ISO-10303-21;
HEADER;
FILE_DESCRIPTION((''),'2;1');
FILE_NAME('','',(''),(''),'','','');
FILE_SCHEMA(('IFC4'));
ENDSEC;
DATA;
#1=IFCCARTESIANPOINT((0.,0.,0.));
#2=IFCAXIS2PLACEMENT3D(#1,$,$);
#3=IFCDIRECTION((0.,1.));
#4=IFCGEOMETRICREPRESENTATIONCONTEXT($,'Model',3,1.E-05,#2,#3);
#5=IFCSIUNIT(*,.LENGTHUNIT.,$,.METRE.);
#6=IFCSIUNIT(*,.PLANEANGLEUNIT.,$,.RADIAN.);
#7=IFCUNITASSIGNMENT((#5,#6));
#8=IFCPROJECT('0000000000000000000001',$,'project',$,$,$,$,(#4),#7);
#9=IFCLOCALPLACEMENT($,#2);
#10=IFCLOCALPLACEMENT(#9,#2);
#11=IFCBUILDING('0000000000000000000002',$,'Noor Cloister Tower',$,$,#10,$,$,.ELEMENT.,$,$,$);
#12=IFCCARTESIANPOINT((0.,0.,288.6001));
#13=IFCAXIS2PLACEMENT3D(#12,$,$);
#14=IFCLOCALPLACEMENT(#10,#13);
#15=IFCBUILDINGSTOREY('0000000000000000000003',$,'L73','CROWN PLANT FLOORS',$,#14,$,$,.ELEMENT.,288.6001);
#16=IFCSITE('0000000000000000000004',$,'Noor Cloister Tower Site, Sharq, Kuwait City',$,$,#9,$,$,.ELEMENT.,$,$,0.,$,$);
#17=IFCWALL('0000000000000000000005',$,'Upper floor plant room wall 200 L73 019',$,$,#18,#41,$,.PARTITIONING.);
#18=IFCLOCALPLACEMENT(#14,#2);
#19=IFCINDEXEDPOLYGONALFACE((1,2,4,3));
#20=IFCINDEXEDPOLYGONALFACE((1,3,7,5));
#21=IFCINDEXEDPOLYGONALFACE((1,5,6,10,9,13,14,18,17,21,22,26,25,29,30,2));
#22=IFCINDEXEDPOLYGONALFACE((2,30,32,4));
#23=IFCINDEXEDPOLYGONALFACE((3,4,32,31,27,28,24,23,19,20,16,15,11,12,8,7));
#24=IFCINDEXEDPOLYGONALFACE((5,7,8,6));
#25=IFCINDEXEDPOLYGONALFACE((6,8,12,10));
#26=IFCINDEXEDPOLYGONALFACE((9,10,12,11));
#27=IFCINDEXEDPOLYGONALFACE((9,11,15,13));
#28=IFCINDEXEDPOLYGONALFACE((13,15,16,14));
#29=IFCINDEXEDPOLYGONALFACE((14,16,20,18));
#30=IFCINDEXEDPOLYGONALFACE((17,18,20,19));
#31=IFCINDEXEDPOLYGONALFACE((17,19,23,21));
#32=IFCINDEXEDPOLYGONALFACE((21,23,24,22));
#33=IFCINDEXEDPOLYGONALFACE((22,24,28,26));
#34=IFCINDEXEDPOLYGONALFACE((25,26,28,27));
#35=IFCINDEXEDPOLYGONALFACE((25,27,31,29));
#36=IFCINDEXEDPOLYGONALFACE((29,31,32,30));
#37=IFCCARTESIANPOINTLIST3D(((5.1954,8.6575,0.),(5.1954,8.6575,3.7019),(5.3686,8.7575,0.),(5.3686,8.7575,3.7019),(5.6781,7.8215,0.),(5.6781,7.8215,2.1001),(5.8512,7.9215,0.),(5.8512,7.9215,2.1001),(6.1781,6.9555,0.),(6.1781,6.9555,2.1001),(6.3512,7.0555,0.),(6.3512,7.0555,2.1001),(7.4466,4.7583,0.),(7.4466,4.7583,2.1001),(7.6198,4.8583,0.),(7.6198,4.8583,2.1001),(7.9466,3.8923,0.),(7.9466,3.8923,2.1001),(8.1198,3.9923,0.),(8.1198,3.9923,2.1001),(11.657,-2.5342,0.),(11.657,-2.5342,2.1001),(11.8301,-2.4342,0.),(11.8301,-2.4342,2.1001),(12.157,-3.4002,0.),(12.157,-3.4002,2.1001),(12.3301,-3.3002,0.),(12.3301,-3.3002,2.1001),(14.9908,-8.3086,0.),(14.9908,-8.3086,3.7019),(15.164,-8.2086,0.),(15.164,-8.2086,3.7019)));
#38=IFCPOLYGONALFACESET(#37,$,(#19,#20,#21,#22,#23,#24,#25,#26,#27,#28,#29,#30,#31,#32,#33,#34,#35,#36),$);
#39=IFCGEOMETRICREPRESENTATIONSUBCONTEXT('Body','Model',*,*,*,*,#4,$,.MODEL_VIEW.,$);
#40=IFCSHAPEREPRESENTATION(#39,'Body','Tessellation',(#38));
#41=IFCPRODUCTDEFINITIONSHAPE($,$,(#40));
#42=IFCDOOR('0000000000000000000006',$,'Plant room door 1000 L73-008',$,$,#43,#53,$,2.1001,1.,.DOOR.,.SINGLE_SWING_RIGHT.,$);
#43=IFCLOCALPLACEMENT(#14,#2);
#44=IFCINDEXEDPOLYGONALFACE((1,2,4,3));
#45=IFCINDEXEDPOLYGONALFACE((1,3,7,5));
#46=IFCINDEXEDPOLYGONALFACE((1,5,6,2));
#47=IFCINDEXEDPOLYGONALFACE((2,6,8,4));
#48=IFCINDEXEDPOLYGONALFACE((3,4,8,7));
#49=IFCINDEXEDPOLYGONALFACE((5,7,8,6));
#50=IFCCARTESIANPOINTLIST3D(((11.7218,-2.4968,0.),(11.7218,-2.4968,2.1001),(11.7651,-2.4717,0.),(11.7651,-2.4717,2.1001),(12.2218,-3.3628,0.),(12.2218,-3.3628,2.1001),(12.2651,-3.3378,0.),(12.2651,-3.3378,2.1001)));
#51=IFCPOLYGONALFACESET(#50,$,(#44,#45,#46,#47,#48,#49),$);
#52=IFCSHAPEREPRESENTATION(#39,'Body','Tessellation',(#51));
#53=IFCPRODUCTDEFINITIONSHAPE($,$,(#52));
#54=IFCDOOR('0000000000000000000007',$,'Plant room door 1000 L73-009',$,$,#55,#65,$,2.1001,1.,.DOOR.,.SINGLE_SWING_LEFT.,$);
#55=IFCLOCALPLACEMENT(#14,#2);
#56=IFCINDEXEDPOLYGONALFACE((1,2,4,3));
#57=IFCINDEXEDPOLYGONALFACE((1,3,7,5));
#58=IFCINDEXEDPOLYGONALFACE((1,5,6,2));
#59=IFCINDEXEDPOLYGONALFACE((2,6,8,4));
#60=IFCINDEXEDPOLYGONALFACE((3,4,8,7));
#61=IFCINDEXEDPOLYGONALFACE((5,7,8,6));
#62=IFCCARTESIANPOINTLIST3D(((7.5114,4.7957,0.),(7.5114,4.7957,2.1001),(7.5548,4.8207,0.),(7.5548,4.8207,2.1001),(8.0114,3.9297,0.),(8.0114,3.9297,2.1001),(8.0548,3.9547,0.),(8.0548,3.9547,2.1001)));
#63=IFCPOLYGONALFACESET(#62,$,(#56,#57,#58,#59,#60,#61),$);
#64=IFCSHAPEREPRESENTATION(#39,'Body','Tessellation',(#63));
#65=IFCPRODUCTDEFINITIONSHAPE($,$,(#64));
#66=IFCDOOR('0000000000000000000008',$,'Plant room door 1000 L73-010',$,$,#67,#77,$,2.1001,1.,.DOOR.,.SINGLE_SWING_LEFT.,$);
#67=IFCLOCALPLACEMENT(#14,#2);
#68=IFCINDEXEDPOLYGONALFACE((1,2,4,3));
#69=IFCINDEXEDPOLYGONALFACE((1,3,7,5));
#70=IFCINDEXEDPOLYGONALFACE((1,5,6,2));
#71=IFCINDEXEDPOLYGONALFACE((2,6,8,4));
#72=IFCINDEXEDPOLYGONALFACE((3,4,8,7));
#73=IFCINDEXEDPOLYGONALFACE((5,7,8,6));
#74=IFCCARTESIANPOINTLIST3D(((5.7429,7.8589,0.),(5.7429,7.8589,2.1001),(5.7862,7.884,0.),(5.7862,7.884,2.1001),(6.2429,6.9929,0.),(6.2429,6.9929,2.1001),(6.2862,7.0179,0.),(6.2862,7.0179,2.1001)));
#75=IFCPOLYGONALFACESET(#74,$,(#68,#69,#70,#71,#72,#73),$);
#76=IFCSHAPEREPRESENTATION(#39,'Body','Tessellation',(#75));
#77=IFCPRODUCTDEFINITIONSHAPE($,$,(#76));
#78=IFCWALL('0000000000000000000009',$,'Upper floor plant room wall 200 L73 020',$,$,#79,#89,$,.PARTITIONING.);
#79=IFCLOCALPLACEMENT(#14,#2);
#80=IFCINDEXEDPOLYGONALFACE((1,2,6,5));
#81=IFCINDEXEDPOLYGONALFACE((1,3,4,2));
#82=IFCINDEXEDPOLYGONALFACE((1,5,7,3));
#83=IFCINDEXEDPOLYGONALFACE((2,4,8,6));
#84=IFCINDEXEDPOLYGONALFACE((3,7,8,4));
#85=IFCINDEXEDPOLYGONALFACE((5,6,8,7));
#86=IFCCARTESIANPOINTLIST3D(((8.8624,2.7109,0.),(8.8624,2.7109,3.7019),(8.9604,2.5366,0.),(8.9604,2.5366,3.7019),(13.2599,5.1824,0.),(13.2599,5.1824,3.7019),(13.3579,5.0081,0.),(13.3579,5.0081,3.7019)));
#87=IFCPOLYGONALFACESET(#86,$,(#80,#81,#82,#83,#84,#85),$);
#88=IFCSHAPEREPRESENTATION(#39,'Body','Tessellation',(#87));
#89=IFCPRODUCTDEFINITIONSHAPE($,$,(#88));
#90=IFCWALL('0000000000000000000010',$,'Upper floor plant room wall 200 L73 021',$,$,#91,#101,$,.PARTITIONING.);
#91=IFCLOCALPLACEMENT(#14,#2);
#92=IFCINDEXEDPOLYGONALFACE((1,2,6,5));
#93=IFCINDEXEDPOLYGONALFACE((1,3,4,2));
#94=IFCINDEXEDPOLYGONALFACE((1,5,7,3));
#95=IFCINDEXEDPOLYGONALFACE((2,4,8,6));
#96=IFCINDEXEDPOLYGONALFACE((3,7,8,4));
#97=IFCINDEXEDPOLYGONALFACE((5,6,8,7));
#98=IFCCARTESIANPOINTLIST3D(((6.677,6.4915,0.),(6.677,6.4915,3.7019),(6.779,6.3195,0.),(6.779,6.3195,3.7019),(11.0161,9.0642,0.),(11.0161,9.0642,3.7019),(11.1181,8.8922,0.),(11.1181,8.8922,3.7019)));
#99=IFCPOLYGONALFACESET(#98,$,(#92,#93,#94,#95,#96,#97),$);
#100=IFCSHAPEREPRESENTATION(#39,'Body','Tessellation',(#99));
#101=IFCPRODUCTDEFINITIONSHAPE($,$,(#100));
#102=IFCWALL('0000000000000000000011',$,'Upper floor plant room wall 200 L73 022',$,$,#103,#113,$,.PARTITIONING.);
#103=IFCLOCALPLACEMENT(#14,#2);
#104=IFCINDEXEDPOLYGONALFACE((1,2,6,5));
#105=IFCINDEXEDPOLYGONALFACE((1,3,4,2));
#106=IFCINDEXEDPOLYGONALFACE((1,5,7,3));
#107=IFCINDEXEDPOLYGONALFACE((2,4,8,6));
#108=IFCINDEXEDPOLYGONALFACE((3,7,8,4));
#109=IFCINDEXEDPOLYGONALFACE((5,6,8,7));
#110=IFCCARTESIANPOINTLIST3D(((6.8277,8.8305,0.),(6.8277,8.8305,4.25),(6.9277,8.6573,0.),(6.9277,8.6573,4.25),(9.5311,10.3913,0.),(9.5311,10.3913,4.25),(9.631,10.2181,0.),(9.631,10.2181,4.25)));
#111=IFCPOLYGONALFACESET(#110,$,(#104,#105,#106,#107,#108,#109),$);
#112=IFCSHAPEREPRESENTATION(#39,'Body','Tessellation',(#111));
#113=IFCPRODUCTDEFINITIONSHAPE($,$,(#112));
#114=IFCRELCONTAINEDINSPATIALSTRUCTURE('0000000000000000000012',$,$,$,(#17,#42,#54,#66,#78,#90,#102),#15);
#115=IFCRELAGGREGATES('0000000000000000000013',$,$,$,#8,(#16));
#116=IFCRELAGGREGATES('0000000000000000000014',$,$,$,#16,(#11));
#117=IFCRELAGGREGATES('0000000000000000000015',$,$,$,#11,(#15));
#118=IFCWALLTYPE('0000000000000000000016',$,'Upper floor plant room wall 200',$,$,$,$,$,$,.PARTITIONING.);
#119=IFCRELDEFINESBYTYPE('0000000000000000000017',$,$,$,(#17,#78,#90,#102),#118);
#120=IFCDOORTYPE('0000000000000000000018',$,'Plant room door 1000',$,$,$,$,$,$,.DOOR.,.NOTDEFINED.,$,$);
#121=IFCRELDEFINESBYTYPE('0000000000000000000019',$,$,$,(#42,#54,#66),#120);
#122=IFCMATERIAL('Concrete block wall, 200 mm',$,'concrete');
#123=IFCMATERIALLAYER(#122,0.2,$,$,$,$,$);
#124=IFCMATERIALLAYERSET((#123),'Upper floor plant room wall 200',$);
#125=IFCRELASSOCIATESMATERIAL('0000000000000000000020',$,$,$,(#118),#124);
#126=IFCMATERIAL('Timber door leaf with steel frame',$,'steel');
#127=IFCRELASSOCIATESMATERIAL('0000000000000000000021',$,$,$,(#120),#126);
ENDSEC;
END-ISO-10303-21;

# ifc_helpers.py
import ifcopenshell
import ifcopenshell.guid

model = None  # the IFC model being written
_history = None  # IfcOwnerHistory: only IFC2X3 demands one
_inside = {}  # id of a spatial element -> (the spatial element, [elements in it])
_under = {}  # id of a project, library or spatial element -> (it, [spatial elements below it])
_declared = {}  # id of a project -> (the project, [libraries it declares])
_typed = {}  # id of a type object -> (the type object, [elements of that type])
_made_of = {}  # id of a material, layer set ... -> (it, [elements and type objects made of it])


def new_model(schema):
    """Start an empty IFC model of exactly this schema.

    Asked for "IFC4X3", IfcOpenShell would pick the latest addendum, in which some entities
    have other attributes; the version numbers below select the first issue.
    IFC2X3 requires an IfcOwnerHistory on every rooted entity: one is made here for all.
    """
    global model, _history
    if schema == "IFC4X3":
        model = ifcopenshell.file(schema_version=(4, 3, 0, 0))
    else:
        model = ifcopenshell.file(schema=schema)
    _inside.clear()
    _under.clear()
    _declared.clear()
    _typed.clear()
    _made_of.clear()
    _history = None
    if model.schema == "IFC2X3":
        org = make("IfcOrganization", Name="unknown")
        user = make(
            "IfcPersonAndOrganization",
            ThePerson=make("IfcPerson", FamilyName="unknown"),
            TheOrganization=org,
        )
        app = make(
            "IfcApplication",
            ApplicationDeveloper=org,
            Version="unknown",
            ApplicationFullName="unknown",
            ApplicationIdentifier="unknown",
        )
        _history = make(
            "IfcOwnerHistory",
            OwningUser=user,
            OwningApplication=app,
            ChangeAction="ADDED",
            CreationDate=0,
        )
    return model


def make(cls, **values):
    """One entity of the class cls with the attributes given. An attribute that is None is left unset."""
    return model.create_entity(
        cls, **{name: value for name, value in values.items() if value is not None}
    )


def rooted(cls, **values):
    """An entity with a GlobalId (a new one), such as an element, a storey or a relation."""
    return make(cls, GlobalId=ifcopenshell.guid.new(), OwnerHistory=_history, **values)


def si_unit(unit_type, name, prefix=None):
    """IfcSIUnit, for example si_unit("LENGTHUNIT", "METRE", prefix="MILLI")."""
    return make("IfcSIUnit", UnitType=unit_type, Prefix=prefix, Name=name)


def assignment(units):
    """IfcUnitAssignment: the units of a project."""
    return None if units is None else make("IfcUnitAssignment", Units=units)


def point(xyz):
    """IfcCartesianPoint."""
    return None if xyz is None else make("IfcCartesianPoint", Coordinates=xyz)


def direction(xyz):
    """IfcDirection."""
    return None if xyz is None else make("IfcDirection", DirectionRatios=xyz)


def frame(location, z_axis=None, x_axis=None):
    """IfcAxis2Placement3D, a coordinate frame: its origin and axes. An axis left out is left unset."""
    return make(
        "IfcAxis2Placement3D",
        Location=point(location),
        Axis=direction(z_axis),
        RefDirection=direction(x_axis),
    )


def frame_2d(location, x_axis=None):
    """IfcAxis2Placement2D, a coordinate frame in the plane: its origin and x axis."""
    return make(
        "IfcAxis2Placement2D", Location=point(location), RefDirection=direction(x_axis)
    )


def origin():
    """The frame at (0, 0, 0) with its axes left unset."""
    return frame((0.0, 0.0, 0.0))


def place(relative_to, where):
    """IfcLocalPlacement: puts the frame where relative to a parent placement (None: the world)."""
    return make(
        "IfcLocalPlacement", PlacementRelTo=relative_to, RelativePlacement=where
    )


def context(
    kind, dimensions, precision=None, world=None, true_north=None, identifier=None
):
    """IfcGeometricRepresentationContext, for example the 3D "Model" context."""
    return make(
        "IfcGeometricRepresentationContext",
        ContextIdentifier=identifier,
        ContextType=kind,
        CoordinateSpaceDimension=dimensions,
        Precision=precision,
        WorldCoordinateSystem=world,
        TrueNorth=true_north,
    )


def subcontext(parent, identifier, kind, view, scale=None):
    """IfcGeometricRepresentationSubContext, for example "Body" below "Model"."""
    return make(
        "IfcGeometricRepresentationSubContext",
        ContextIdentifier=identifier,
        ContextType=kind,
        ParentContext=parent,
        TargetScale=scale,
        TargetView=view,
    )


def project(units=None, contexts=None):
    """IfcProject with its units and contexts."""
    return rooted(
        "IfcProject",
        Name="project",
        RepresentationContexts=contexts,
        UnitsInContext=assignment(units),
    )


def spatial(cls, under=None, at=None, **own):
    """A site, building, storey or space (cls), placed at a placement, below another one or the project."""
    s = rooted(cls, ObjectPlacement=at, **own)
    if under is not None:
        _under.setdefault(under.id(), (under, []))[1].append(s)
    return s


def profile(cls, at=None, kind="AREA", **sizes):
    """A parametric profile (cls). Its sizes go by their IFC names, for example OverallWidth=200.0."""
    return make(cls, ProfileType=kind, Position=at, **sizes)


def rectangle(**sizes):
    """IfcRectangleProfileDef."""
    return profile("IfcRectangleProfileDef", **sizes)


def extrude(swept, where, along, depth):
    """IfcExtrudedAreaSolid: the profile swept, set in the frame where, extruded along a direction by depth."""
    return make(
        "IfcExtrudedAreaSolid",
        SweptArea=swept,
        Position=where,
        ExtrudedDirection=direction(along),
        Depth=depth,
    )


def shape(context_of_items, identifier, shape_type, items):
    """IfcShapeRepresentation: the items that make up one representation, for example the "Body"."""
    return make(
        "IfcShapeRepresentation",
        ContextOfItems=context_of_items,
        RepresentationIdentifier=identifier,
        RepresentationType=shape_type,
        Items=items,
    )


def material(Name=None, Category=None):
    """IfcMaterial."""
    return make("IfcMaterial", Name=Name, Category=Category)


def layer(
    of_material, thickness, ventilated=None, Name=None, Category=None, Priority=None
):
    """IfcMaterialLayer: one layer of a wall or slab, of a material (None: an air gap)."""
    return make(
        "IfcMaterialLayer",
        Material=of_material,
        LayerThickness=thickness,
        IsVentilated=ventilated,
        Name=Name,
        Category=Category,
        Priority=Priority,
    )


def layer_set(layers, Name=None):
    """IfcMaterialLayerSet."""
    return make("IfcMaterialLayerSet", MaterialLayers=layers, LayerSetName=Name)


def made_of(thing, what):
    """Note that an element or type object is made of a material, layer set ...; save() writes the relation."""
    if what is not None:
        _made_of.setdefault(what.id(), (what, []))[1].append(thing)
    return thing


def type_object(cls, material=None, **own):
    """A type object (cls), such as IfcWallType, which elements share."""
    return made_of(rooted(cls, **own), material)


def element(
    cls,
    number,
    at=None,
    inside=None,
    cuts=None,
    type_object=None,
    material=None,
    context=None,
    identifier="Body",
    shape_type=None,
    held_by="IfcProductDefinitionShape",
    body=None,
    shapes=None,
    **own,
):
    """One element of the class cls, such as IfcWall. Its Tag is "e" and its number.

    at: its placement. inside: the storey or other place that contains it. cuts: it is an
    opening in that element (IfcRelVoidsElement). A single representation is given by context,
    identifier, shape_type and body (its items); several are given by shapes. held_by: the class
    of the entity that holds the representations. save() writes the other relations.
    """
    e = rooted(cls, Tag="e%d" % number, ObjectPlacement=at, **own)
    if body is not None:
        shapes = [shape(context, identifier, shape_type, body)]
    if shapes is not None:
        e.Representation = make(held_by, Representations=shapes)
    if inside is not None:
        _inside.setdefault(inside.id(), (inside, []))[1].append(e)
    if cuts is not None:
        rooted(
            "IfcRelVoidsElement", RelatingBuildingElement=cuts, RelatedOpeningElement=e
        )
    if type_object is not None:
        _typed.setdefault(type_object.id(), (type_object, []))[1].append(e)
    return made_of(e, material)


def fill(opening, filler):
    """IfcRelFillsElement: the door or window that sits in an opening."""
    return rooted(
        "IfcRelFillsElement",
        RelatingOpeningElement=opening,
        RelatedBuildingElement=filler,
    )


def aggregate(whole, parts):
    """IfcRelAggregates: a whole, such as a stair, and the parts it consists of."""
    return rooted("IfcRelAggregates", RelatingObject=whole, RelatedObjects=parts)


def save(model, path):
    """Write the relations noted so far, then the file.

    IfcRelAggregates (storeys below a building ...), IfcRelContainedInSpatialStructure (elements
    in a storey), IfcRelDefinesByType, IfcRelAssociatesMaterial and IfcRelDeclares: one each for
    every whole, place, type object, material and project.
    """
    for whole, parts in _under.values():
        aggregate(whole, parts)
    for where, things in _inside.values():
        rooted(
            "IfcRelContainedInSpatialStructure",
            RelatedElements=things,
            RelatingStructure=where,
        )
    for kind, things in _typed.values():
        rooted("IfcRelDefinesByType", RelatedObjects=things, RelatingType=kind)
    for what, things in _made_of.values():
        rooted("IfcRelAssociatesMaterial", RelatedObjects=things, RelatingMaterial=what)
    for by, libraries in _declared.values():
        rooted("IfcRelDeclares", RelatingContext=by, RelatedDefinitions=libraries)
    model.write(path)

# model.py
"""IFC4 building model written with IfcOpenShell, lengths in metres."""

from ifc_helpers import new_model, si_unit, direction, frame, frame_2d, origin, place, context, subcontext, project, spatial, rectangle, extrude, material, layer, layer_set, type_object, element, fill, save


model = new_model("IFC4")

# Units and contexts
model_context = context("Model", 3, precision=1e-05, world=origin(), true_north=direction((0.0, 1.0)))
body_context = subcontext(model_context, "Body", "Model", "MODEL_VIEW")
ifc_project = project(units=[si_unit("LENGTHUNIT", "METRE"), si_unit("PLANEANGLEUNIT", "RADIAN")], contexts=[model_context])

# Site, building, storey
site_placement = place(None, origin())
site = spatial("IfcSite", under=ifc_project, at=site_placement, Name="Noor Cloister Tower Site, Sharq, Kuwait City", CompositionType="ELEMENT", RefElevation=0.0)
building_placement = place(site_placement, origin())
building = spatial("IfcBuilding", under=site, at=building_placement, Name="Noor Cloister Tower", CompositionType="ELEMENT")
storey_placement = place(building_placement, frame((0.0, 0.0, 288.6001)))
storey = spatial("IfcBuildingStorey", under=building, at=storey_placement, Name="L73", Description="CROWN PLANT FLOORS", CompositionType="ELEMENT", Elevation=288.6001)

# Shared definitions
ifc_material_1 = material(Name="Concrete block wall, 200 mm", Category="concrete")
ifc_layer_1 = layer(ifc_material_1, 0.2)
ifc_layer_set_1 = layer_set([ifc_layer_1], Name="Upper floor plant room wall 200")
wall_type_1 = type_object("IfcWallType", Name="Upper floor plant room wall 200", PredefinedType="PARTITIONING", material=ifc_layer_set_1)

# Wall, openings, doors
wall_1_placement = place(storey_placement, frame((5.282, 8.7075, 0.0), z_axis=(0.0, 0.0, 1.0), x_axis=(0.500002, -0.866024, 0.0)))
wall_1 = element("IfcWall", 1, at=wall_1_placement, inside=storey, type_object=wall_type_1, Name="Upper floor plant room wall 200 L73 019", PredefinedType="PARTITIONING", context=body_context, shape_type="SweptSolid", body=[
    extrude(rectangle(XDim=19.5908, YDim=0.2, at=frame_2d((9.7954, 0.0))), origin(), (0.0, 0.0, 1.0), 3.7019),
])
opening_1_placement = place(wall_1_placement, frame((12.9231, 0.0, 0.0)))
opening_1 = element("IfcOpeningElement", 2, at=opening_1_placement, cuts=wall_1, PredefinedType="OPENING", context=body_context, shape_type="SweptSolid", body=[
    extrude(rectangle(XDim=1.0, YDim=2.1001, at=frame_2d((0.5, 1.05))), frame((0.0, 0.1099, 0.0), z_axis=(0.0, -1.0, 0.0), x_axis=(1.0, 0.0, 0.0)), (0.0, 0.0, 1.0), 0.22),
])
opening_2_placement = place(wall_1_placement, frame((4.5024, 0.0, 0.0)))
opening_2 = element("IfcOpeningElement", 3, at=opening_2_placement, cuts=wall_1, PredefinedType="OPENING", context=body_context, shape_type="SweptSolid", body=[
    extrude(rectangle(XDim=1.0, YDim=2.1001, at=frame_2d((0.5, 1.05))), frame((0.0, 0.1099, 0.0), z_axis=(0.0, -1.0, 0.0), x_axis=(1.0, 0.0, 0.0)), (0.0, 0.0, 1.0), 0.22),
])
opening_3_placement = place(wall_1_placement, frame((0.9653, 0.0, 0.0)))
opening_3 = element("IfcOpeningElement", 4, at=opening_3_placement, cuts=wall_1, PredefinedType="OPENING", context=body_context, shape_type="SweptSolid", body=[
    extrude(rectangle(XDim=1.0, YDim=2.1001, at=frame_2d((0.5, 1.05))), frame((0.0, 0.1099, 0.0), z_axis=(0.0, -1.0, 0.0), x_axis=(1.0, 0.0, 0.0)), (0.0, 0.0, 1.0), 0.22),
])
ifc_material_2 = material(Name="Timber door leaf with steel frame", Category="steel")
door_type_1 = type_object("IfcDoorType", Name="Plant room door 1000", OperationType="NOTDEFINED", PredefinedType="DOOR", material=ifc_material_2)
door_1_placement = place(opening_1_placement, origin())
door_1 = element("IfcDoor", 5, at=door_1_placement, inside=storey, type_object=door_type_1, Name="Plant room door 1000 L73-008", OperationType="SINGLE_SWING_RIGHT", OverallHeight=2.1001, OverallWidth=1.0, PredefinedType="DOOR", context=body_context, shape_type="SweptSolid", body=[
    extrude(rectangle(XDim=1.0, YDim=2.1001, at=frame_2d((0.5, 1.05))), frame((0.0, 0.0249, 0.0), z_axis=(0.0, -1.0, 0.0), x_axis=(1.0, 0.0, 0.0)), (0.0, 0.0, 1.0), 0.05),
])
fill(opening_1, door_1)
door_2_placement = place(opening_2_placement, origin())
door_2 = element("IfcDoor", 6, at=door_2_placement, inside=storey, type_object=door_type_1, Name="Plant room door 1000 L73-009", OperationType="SINGLE_SWING_LEFT", OverallHeight=2.1001, OverallWidth=1.0, PredefinedType="DOOR", context=body_context, shape_type="SweptSolid", body=[
    extrude(rectangle(XDim=1.0, YDim=2.1001, at=frame_2d((0.5, 1.05))), frame((0.0, 0.0249, 0.0), z_axis=(0.0, -1.0, 0.0), x_axis=(1.0, 0.0, 0.0)), (0.0, 0.0, 1.0), 0.05),
])
fill(opening_2, door_2)
door_3_placement = place(opening_3_placement, origin())
door_3 = element("IfcDoor", 7, at=door_3_placement, inside=storey, type_object=door_type_1, Name="Plant room door 1000 L73-010", OperationType="SINGLE_SWING_LEFT", OverallHeight=2.1001, OverallWidth=1.0, PredefinedType="DOOR", context=body_context, shape_type="SweptSolid", body=[
    extrude(rectangle(XDim=1.0, YDim=2.1001, at=frame_2d((0.5, 1.05))), frame((0.0, 0.0249, 0.0), z_axis=(0.0, -1.0, 0.0), x_axis=(1.0, 0.0, 0.0)), (0.0, 0.0, 1.0), 0.05),
])
fill(opening_3, door_3)

# Walls
for number, where, z_axis, x_axis, name in (
    (8, (8.9114, 2.6238, 0.0), (0.0, 0.0, 1.0), (0.871756, 0.48994, 0.0), "Upper floor plant room wall 200 L73 020"),
    (9, (6.728, 6.4055, 0.0), (0.0, 0.0, 1.0), (0.860167, 0.510012, 0.0), "Upper floor plant room wall 200 L73 021"),
):
    element("IfcWall", number, at=place(storey_placement, frame(where, z_axis=z_axis, x_axis=x_axis)), inside=storey, type_object=wall_type_1, Name=name, PredefinedType="PARTITIONING", context=body_context, shape_type="SweptSolid", body=[
        extrude(rectangle(XDim=5.0444, YDim=0.2, at=frame_2d((2.5222, 0.0))), origin(), (0.0, 0.0, 1.0), 3.7019),
    ])
wall_2_placement = place(storey_placement, frame((6.8777, 8.7439, 0.0), z_axis=(0.0, 0.0, 1.0), x_axis=(0.866025, 0.5, 0.0)))
element("IfcWall", 10, at=wall_2_placement, inside=storey, type_object=wall_type_1, Name="Upper floor plant room wall 200 L73 022", PredefinedType="PARTITIONING", context=body_context, shape_type="SweptSolid", body=[
    extrude(rectangle(XDim=3.1216, YDim=0.2, at=frame_2d((1.5608, 0.0))), origin(), (0.0, 0.0, 1.0), 4.25),
])

save(model, "model.ifc")
